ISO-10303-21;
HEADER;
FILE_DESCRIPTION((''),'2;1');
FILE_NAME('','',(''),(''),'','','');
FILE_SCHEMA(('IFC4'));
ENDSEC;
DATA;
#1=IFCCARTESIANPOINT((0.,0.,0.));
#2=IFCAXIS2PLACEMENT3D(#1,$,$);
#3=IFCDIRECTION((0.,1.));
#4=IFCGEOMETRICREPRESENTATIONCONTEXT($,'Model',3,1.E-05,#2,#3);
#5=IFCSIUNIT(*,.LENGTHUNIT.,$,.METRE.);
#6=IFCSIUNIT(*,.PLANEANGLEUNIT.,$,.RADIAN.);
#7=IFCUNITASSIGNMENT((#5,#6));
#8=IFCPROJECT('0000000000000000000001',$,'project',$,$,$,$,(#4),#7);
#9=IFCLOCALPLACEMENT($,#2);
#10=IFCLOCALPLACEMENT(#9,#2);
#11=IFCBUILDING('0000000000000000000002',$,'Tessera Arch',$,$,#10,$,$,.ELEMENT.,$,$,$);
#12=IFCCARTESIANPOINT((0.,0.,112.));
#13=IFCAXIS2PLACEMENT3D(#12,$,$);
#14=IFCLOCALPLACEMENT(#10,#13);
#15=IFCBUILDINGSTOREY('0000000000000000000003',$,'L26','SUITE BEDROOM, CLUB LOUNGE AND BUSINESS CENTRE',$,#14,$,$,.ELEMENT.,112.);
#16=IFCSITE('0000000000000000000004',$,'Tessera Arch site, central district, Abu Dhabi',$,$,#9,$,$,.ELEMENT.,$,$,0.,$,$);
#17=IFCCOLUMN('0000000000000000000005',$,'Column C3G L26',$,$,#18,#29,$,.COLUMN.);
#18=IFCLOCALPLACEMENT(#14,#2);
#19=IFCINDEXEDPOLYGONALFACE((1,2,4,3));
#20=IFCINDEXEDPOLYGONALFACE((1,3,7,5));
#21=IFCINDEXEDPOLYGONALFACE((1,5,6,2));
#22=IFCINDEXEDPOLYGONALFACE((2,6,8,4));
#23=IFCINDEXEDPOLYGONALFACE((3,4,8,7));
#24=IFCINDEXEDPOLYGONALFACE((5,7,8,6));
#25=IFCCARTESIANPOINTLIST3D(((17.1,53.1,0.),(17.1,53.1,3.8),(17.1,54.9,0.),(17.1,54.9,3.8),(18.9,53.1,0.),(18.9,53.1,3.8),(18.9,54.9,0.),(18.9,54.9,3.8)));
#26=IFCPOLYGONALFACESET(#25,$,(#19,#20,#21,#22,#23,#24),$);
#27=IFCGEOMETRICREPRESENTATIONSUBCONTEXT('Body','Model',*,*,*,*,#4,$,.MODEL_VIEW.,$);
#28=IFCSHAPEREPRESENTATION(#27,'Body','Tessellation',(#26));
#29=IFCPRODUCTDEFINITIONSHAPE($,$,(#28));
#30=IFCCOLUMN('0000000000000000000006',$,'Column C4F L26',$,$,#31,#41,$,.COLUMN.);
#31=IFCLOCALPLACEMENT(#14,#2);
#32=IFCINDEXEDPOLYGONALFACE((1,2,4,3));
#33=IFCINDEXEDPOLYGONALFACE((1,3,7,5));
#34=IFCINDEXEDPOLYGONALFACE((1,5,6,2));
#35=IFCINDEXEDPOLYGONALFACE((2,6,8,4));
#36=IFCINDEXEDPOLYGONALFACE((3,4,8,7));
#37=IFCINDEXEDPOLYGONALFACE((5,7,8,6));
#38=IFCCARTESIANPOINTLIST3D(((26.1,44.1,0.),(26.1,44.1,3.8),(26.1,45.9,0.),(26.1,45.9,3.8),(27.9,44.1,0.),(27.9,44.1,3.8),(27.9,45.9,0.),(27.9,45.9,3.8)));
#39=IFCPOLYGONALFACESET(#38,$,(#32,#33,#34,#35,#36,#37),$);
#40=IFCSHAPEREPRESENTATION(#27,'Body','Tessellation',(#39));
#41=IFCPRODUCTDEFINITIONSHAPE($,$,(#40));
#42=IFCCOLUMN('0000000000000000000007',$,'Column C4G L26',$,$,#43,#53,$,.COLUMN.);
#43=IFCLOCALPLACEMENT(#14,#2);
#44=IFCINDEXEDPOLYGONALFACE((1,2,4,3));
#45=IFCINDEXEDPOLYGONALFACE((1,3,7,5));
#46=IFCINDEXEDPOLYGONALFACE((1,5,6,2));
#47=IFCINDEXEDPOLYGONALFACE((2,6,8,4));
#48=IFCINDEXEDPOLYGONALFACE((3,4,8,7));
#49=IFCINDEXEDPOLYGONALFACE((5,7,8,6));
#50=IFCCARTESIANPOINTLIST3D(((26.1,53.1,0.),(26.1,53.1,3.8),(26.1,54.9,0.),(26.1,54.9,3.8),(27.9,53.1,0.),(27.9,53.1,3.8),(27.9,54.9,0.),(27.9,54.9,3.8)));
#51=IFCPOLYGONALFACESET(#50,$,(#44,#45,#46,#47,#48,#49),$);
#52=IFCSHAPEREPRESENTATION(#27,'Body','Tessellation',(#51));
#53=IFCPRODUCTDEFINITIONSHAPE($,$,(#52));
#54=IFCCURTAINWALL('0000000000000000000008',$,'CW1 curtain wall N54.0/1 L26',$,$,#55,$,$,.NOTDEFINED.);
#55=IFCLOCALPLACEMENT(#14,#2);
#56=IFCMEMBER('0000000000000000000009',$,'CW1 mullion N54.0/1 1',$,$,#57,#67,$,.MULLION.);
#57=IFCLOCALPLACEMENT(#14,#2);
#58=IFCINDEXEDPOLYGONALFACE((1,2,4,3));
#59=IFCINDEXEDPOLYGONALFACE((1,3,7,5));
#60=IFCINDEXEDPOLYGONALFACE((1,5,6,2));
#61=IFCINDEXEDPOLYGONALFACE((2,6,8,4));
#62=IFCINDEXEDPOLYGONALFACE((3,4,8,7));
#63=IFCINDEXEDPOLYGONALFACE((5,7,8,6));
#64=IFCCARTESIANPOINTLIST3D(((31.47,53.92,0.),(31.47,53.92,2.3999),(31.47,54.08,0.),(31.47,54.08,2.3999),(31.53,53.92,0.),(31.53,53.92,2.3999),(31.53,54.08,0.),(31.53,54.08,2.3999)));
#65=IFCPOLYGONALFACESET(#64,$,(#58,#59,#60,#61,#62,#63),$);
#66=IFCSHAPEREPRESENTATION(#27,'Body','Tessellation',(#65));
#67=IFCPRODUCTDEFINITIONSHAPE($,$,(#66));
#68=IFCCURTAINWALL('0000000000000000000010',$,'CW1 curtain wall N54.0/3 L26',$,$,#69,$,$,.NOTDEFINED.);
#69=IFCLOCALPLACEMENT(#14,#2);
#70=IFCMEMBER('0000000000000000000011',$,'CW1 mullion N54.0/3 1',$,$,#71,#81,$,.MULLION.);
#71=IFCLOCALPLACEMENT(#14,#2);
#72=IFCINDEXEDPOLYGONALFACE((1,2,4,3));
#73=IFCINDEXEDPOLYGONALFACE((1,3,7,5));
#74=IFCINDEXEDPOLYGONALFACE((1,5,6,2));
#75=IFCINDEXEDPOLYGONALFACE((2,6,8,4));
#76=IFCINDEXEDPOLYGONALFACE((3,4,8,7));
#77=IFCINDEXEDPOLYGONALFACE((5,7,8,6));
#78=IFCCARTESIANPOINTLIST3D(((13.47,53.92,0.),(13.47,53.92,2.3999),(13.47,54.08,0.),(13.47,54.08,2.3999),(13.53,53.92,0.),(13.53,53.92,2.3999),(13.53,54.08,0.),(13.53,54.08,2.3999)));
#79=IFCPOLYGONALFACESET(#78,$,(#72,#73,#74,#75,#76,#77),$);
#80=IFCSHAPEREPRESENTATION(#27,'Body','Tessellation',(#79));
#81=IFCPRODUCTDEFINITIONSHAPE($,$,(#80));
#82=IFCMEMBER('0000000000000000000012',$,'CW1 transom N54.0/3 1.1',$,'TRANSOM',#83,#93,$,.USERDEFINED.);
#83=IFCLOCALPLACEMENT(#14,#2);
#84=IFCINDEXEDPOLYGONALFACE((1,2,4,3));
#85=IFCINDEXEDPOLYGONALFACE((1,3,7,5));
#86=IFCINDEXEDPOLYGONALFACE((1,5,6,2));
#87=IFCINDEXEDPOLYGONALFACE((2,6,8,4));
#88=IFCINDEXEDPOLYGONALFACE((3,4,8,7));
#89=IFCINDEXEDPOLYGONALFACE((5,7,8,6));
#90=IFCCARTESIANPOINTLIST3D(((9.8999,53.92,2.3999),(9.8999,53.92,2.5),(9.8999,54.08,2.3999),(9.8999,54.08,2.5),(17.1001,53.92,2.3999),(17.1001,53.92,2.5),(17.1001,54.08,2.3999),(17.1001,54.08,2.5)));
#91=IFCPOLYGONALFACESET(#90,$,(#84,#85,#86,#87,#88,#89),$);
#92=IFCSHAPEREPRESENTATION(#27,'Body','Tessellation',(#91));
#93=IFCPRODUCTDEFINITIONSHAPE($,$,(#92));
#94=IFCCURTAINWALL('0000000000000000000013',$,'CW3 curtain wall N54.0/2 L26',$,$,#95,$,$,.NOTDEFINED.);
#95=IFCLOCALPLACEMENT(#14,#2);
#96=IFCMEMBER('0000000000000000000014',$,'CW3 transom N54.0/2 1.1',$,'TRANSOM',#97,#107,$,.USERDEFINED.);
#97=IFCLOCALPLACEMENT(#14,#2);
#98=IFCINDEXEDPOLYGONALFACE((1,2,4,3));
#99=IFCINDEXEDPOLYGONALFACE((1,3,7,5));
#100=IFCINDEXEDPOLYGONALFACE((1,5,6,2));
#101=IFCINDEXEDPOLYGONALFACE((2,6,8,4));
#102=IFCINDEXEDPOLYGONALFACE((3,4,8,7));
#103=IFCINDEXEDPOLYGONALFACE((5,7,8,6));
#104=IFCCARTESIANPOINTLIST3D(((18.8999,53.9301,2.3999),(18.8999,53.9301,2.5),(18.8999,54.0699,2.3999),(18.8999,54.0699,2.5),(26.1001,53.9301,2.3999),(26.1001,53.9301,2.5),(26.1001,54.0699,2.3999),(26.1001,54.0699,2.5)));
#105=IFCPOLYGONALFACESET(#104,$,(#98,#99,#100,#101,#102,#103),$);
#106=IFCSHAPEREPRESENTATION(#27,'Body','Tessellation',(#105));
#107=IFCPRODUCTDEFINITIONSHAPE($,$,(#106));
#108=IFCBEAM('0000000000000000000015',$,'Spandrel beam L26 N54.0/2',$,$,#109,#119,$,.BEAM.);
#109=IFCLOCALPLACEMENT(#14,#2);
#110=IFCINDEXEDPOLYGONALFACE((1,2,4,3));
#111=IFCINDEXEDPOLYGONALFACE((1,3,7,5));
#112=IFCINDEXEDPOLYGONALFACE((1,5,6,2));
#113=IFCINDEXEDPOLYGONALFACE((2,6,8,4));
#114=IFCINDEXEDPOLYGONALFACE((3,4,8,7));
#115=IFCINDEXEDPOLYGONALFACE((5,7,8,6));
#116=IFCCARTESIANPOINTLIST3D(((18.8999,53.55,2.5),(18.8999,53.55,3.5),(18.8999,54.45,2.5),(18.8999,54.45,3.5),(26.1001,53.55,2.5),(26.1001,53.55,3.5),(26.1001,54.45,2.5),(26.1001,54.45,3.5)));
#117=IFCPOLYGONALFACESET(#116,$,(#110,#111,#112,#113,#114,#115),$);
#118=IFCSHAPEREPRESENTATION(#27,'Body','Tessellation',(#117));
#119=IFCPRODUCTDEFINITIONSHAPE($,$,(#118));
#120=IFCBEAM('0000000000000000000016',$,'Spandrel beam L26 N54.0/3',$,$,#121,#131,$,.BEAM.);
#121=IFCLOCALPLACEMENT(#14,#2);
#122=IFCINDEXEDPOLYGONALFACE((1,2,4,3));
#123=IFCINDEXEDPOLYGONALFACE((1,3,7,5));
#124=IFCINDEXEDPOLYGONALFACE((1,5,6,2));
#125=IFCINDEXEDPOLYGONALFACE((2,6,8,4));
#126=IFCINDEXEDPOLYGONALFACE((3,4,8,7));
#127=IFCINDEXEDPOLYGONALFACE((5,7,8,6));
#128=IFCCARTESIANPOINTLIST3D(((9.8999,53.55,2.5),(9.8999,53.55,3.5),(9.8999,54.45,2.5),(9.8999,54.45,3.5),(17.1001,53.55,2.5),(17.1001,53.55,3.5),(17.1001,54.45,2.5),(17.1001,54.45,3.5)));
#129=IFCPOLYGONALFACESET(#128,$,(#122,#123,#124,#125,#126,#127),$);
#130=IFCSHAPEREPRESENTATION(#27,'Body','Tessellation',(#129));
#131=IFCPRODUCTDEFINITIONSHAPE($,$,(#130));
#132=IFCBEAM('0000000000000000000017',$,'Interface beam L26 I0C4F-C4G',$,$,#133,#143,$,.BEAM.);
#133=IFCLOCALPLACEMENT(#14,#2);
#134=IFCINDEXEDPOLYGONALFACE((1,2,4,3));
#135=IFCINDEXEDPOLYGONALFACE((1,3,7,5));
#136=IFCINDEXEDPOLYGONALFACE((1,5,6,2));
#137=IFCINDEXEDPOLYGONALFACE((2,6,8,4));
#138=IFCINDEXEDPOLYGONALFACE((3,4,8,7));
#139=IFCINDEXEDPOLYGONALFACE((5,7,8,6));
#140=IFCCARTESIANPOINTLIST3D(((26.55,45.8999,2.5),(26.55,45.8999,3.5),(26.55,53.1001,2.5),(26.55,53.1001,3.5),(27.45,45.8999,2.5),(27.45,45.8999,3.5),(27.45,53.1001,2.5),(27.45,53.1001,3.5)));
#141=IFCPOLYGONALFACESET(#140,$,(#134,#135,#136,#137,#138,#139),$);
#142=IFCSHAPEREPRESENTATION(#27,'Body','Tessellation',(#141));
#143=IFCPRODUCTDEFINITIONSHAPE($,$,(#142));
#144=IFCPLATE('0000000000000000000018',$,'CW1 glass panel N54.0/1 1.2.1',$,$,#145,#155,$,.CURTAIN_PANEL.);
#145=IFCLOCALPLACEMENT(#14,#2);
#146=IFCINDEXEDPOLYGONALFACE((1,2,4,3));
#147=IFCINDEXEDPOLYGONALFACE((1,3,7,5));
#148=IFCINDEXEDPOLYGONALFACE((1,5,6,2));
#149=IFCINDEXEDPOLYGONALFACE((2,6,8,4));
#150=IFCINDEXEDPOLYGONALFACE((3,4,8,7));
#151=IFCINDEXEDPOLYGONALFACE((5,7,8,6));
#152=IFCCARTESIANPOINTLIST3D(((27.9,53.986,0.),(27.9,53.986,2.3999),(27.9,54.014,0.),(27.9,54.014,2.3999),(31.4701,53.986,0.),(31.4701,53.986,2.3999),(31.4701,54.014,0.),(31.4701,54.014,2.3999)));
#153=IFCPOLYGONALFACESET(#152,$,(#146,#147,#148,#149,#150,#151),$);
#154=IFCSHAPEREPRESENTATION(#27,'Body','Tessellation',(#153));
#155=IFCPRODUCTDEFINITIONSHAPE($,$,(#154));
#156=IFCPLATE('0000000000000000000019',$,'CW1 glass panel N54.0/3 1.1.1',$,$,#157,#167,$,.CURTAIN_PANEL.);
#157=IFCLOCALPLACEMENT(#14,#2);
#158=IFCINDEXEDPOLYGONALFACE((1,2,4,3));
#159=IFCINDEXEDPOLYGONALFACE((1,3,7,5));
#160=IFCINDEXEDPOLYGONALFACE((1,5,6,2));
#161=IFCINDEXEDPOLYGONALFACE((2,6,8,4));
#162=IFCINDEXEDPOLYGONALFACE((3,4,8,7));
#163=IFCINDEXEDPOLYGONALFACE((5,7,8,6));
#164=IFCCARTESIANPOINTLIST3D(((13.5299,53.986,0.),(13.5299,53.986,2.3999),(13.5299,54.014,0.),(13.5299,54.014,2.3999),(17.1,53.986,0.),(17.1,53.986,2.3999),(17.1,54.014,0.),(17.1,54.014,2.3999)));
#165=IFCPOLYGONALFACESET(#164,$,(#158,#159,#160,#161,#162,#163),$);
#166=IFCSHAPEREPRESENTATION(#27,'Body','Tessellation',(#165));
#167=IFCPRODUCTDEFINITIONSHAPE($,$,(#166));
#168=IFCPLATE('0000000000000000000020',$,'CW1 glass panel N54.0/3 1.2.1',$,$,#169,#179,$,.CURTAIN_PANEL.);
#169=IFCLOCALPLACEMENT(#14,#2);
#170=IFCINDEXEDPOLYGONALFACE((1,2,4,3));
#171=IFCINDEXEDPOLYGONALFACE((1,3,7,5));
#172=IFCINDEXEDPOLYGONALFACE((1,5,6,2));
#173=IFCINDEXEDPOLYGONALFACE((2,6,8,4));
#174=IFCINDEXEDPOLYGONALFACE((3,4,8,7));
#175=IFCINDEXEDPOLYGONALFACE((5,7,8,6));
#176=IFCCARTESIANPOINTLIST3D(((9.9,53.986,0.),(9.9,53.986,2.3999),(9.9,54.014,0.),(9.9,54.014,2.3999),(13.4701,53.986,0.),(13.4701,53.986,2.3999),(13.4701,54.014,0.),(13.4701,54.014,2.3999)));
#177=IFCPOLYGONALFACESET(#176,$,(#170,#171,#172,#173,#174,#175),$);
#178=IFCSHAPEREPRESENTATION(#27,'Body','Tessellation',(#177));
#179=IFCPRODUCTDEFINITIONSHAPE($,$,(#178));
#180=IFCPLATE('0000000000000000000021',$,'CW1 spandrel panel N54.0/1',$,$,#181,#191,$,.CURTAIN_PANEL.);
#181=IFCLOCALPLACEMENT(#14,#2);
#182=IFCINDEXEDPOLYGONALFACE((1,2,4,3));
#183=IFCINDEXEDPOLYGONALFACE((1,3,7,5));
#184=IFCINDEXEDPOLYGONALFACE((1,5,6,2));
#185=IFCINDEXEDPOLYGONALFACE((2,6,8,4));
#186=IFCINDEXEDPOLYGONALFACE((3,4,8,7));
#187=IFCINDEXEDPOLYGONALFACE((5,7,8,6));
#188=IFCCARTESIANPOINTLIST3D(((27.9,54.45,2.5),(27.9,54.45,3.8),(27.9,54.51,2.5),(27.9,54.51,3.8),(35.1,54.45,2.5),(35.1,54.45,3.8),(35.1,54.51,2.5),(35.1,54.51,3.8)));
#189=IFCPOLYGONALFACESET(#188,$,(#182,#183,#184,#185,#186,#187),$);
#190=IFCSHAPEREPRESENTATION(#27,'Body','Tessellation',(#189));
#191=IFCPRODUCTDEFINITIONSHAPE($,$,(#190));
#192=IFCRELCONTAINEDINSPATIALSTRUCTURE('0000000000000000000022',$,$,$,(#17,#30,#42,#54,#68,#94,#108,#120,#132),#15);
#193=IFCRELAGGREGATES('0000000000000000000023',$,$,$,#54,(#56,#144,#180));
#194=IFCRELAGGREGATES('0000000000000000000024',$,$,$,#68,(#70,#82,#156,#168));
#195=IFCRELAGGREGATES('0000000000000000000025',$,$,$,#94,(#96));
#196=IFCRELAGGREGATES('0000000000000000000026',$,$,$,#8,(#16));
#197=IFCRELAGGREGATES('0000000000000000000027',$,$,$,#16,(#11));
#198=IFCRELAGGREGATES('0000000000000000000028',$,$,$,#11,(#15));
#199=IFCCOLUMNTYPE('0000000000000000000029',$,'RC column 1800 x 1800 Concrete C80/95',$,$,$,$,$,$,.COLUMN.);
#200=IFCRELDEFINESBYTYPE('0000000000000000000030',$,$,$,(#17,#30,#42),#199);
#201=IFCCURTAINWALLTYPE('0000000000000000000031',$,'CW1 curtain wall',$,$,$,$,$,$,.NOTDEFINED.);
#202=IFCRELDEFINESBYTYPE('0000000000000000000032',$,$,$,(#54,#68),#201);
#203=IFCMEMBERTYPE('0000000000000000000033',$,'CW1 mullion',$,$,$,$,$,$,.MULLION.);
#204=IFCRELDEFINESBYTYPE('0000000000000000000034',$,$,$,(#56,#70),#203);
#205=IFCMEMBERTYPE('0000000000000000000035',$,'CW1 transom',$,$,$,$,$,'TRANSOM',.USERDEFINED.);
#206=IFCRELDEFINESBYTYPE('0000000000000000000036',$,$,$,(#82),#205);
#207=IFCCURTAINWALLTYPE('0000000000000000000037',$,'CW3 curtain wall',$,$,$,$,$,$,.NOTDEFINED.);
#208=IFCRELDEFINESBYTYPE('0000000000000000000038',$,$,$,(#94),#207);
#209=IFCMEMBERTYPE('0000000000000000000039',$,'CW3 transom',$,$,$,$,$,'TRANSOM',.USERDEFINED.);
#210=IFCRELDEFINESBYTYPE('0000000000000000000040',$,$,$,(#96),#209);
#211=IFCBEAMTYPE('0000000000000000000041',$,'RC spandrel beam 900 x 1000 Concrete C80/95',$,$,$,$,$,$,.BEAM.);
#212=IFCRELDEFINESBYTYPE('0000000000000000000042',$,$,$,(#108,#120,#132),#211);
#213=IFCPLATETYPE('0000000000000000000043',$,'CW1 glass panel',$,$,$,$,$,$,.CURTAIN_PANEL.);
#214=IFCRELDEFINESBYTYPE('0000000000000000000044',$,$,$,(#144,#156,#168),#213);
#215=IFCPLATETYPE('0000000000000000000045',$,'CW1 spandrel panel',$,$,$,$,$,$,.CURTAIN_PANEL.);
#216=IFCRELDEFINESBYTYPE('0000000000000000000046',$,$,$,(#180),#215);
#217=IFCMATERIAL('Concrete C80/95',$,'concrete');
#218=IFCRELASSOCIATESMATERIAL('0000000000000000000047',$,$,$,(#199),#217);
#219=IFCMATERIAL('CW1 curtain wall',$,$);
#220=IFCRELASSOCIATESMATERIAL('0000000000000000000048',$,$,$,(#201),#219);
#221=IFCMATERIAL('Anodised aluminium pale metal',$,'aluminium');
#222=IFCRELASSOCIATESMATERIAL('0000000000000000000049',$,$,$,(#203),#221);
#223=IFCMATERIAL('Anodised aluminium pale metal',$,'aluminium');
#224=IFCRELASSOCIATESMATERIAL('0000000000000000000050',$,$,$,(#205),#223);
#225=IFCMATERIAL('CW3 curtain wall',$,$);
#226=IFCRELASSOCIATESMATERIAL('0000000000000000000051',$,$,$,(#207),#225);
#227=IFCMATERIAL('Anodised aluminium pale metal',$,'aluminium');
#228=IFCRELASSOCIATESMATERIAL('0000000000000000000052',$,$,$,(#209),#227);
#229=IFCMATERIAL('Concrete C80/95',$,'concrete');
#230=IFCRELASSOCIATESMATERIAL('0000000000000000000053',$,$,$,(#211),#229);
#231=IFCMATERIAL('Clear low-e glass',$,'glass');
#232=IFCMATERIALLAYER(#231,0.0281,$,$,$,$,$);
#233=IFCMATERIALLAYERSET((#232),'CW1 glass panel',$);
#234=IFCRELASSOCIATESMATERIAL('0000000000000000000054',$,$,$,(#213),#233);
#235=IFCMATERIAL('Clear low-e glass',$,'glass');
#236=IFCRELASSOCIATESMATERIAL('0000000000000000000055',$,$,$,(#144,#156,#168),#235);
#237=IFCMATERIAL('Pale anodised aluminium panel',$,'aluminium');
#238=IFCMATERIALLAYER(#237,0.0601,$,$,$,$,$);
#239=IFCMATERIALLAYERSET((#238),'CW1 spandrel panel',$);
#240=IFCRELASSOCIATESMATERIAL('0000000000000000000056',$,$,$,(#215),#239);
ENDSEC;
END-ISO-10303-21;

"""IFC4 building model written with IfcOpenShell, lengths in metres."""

from ifc_helpers import new_model, si_unit, direction, frame, origin, origin_2d, place, context, subcontext, project, spatial, rectangle, extrude, material, layer, layer_set, material_profile, profile_set, type_object, element, aggregate, save


model = new_model("IFC4")

# Units and contexts
model_context = context("Model", 3, precision=1e-05, world=origin(), true_north=direction((0.0, 1.0)))
body_context = subcontext(model_context, "Body", "Model", "MODEL_VIEW")
ifc_project = project(units=[si_unit("LENGTHUNIT", "METRE"), si_unit("PLANEANGLEUNIT", "RADIAN")], contexts=[model_context])

# Site, building, storey
site_placement = place(None, origin())
site = spatial("IfcSite", under=ifc_project, at=site_placement, Name="Tessera Arch site, central district, Abu Dhabi", CompositionType="ELEMENT", RefElevation=0.0)
building_placement = place(site_placement, origin())
building = spatial("IfcBuilding", under=site, at=building_placement, Name="Tessera Arch", CompositionType="ELEMENT")
storey_placement = place(building_placement, frame((0.0, 0.0, 112.0)))
storey = spatial("IfcBuildingStorey", under=building, at=storey_placement, Name="L26", Description="SUITE BEDROOM, CLUB LOUNGE AND BUSINESS CENTRE", CompositionType="ELEMENT", Elevation=112.0)

# Columns
ifc_material_1 = material(Name="Concrete C80/95", Category="concrete")
ifc_material_profile_1 = material_profile(ifc_material_1, rectangle(XDim=1.8, YDim=1.8, at=origin_2d()), Name="RC column 1800 x 1800 Concrete C80/95")
ifc_profile_set_1 = profile_set([ifc_material_profile_1], Name="Concrete C80/95")
column_type = type_object("IfcColumnType", Name="RC column 1800 x 1800 Concrete C80/95", PredefinedType="COLUMN", material=ifc_profile_set_1)
for number, where, z_axis, x_axis, name in (
    (1, (18.0, 54.0, 0.0), (0.0, 0.0, 1.0), (1.0, 0.0, 0.0), "Column C3G L26"),
    (2, (27.0, 45.0, 0.0), (0.0, 0.0, 1.0), (1.0, 0.0, 0.0), "Column C4F L26"),
    (3, (27.0, 54.0, 0.0), (0.0, 0.0, 1.0), (1.0, 0.0, 0.0), "Column C4G L26"),
):
    element("IfcColumn", number, at=place(storey_placement, frame(where, z_axis=z_axis, x_axis=x_axis)), inside=storey, type_object=column_type, Name=name, PredefinedType="COLUMN", context=body_context, shape_type="SweptSolid", body=[
        extrude(rectangle(XDim=1.8, YDim=1.8, at=origin_2d()), origin(), (0.0, 0.0, 1.0), 3.8),
    ])

# Curtain wall, member
ifc_material_2 = material(Name="CW1 curtain wall")
curtain_wall_type_1 = type_object("IfcCurtainWallType", Name="CW1 curtain wall", PredefinedType="NOTDEFINED", material=ifc_material_2)
curtain_wall_1_placement = place(storey_placement, origin())
curtain_wall_1 = element("IfcCurtainWall", 4, at=curtain_wall_1_placement, inside=storey, type_object=curtain_wall_type_1, Name="CW1 curtain wall N54.0/1 L26", PredefinedType="NOTDEFINED")
ifc_material_3 = material(Name="Anodised aluminium pale metal", Category="aluminium")
ifc_material_profile_2 = material_profile(ifc_material_3, rectangle(XDim=0.1599, YDim=0.0601, at=origin_2d()), Name="AL 60x160")
ifc_profile_set_2 = profile_set([ifc_material_profile_2], Name="Anodised aluminium pale metal")
member_type_1 = type_object("IfcMemberType", Name="CW1 mullion", PredefinedType="MULLION", material=ifc_profile_set_2)
member_1_placement = place(storey_placement, frame((31.5, 54.0, 0.0), z_axis=(0.0, 0.0, 1.0), x_axis=(0.0, -1.0, 0.0)))
member_1 = element("IfcMember", 5, at=member_1_placement, type_object=member_type_1, Name="CW1 mullion N54.0/1 1", PredefinedType="MULLION", context=body_context, shape_type="SweptSolid", body=[
    extrude(rectangle(XDim=0.1599, YDim=0.0601, at=origin_2d()), origin(), (0.0, 0.0, 1.0), 2.3999),
])

# Curtain wall, members
curtain_wall_2_placement = place(storey_placement, origin())
curtain_wall_2 = element("IfcCurtainWall", 6, at=curtain_wall_2_placement, inside=storey, type_object=curtain_wall_type_1, Name="CW1 curtain wall N54.0/3 L26", PredefinedType="NOTDEFINED")
member_2_placement = place(storey_placement, frame((13.5, 54.0, 0.0), z_axis=(0.0, 0.0, 1.0), x_axis=(0.0, -1.0, 0.0)))
member_2 = element("IfcMember", 7, at=member_2_placement, type_object=member_type_1, Name="CW1 mullion N54.0/3 1", PredefinedType="MULLION", context=body_context, shape_type="SweptSolid", body=[
    extrude(rectangle(XDim=0.1599, YDim=0.0601, at=origin_2d()), origin(), (0.0, 0.0, 1.0), 2.3999),
])
ifc_material_4 = material(Name="Anodised aluminium pale metal", Category="aluminium")
ifc_material_profile_3 = material_profile(ifc_material_4, rectangle(XDim=0.1599, YDim=0.1001, at=origin_2d()), Name="AL 160x100")
ifc_profile_set_3 = profile_set([ifc_material_profile_3], Name="Anodised aluminium pale metal")
member_type_2 = type_object("IfcMemberType", Name="CW1 transom", ElementType="TRANSOM", PredefinedType="USERDEFINED", material=ifc_profile_set_3)
member_3_placement = place(storey_placement, frame((17.1001, 54.0, 2.45), z_axis=(-1.0, 0.0, 0.0), x_axis=(0.0, -1.0, 0.0)))
member_3 = element("IfcMember", 8, at=member_3_placement, type_object=member_type_2, Name="CW1 transom N54.0/3 1.1", ObjectType="TRANSOM", PredefinedType="USERDEFINED", context=body_context, shape_type="SweptSolid", body=[
    extrude(rectangle(XDim=0.1599, YDim=0.1001, at=origin_2d()), origin(), (0.0, 0.0, 1.0), 7.2002),
])

# Curtain wall, member
ifc_material_5 = material(Name="CW3 curtain wall")
curtain_wall_type_2 = type_object("IfcCurtainWallType", Name="CW3 curtain wall", PredefinedType="NOTDEFINED", material=ifc_material_5)
curtain_wall_3_placement = place(storey_placement, origin())
curtain_wall_3 = element("IfcCurtainWall", 9, at=curtain_wall_3_placement, inside=storey, type_object=curtain_wall_type_2, Name="CW3 curtain wall N54.0/2 L26", PredefinedType="NOTDEFINED")
ifc_material_6 = material(Name="Anodised aluminium pale metal", Category="aluminium")
ifc_material_profile_4 = material_profile(ifc_material_6, rectangle(XDim=0.1399, YDim=0.1001, at=origin_2d()), Name="AL 140x100")
ifc_profile_set_4 = profile_set([ifc_material_profile_4], Name="Anodised aluminium pale metal")
member_type_3 = type_object("IfcMemberType", Name="CW3 transom", ElementType="TRANSOM", PredefinedType="USERDEFINED", material=ifc_profile_set_4)
member_4_placement = place(storey_placement, frame((26.1001, 54.0, 2.45), z_axis=(-1.0, 0.0, 0.0), x_axis=(0.0, -1.0, 0.0)))
member_4 = element("IfcMember", 10, at=member_4_placement, type_object=member_type_3, Name="CW3 transom N54.0/2 1.1", ObjectType="TRANSOM", PredefinedType="USERDEFINED", context=body_context, shape_type="SweptSolid", body=[
    extrude(rectangle(XDim=0.1399, YDim=0.1001, at=origin_2d()), origin(), (0.0, 0.0, 1.0), 7.2002),
])

# Beams
ifc_material_7 = material(Name="Concrete C80/95", Category="concrete")
ifc_material_profile_5 = material_profile(ifc_material_7, rectangle(XDim=0.8999, YDim=1.0, at=origin_2d()), Name="RC spandrel beam 900 x 1000 Concrete C80/95")
ifc_profile_set_5 = profile_set([ifc_material_profile_5], Name="Concrete C80/95")
beam_type = type_object("IfcBeamType", Name="RC spandrel beam 900 x 1000 Concrete C80/95", PredefinedType="BEAM", material=ifc_profile_set_5)
for number, where, z_axis, x_axis, name in (
    (11, (26.1001, 54.0, 3.0), (-1.0, 0.0, 0.0), (0.0, -1.0, 0.0), "Spandrel beam L26 N54.0/2"),
    (12, (17.1001, 54.0, 3.0), (-1.0, 0.0, 0.0), (0.0, -1.0, 0.0), "Spandrel beam L26 N54.0/3"),
    (13, (27.0, 45.8999, 3.0), (0.0, 1.0, 0.0), (-1.0, 0.0, 0.0), "Interface beam L26 I0C4F-C4G"),
):
    element("IfcBeam", number, at=place(storey_placement, frame(where, z_axis=z_axis, x_axis=x_axis)), inside=storey, type_object=beam_type, Name=name, PredefinedType="BEAM", context=body_context, shape_type="SweptSolid", body=[
        extrude(rectangle(XDim=0.8999, YDim=1.0, at=origin_2d()), origin(), (0.0, 0.0, 1.0), 7.2002),
    ])

# Plates
ifc_material_8 = material(Name="Clear low-e glass", Category="glass")
ifc_material_9 = material(Name="Clear low-e glass", Category="glass")
ifc_layer_1 = layer(ifc_material_9, 0.0281)
ifc_layer_set_1 = layer_set([ifc_layer_1], Name="CW1 glass panel")
plate_type_1 = type_object("IfcPlateType", Name="CW1 glass panel", PredefinedType="CURTAIN_PANEL", material=ifc_layer_set_1)
plate_1_placement = place(storey_placement, frame((29.6851, 54.0, 0.0), z_axis=(0.0, 0.0, 1.0), x_axis=(-1.0, 0.0, 0.0)))
plate_1 = element("IfcPlate", 14, at=plate_1_placement, type_object=plate_type_1, material=ifc_material_8, Name="CW1 glass panel N54.0/1 1.2.1", PredefinedType="CURTAIN_PANEL", context=body_context, shape_type="SweptSolid", body=[
    extrude(rectangle(XDim=3.5701, YDim=0.0281, at=origin_2d()), origin(), (0.0, 0.0, 1.0), 2.3999),
])
plate_2_placement = place(storey_placement, frame((15.3149, 54.0, 0.0), z_axis=(0.0, 0.0, 1.0), x_axis=(-1.0, 0.0, 0.0)))
plate_2 = element("IfcPlate", 15, at=plate_2_placement, type_object=plate_type_1, material=ifc_material_8, Name="CW1 glass panel N54.0/3 1.1.1", PredefinedType="CURTAIN_PANEL", context=body_context, shape_type="SweptSolid", body=[
    extrude(rectangle(XDim=3.5701, YDim=0.0281, at=origin_2d()), origin(), (0.0, 0.0, 1.0), 2.3999),
])
plate_3_placement = place(storey_placement, frame((11.6851, 54.0, 0.0), z_axis=(0.0, 0.0, 1.0), x_axis=(-1.0, 0.0, 0.0)))
plate_3 = element("IfcPlate", 16, at=plate_3_placement, type_object=plate_type_1, material=ifc_material_8, Name="CW1 glass panel N54.0/3 1.2.1", PredefinedType="CURTAIN_PANEL", context=body_context, shape_type="SweptSolid", body=[
    extrude(rectangle(XDim=3.5701, YDim=0.0281, at=origin_2d()), origin(), (0.0, 0.0, 1.0), 2.3999),
])
ifc_material_10 = material(Name="Pale anodised aluminium panel", Category="aluminium")
ifc_layer_2 = layer(ifc_material_10, 0.0601)
ifc_layer_set_2 = layer_set([ifc_layer_2], Name="CW1 spandrel panel")
plate_type_2 = type_object("IfcPlateType", Name="CW1 spandrel panel", PredefinedType="CURTAIN_PANEL", material=ifc_layer_set_2)
plate_4_placement = place(storey_placement, frame((31.5, 54.48, 2.5), z_axis=(0.0, 0.0, 1.0), x_axis=(-1.0, 0.0, 0.0)))
plate_4 = element("IfcPlate", 17, at=plate_4_placement, type_object=plate_type_2, Name="CW1 spandrel panel N54.0/1", PredefinedType="CURTAIN_PANEL", context=body_context, shape_type="SweptSolid", body=[
    extrude(rectangle(XDim=7.2, YDim=0.0601, at=origin_2d()), origin(), (0.0, 0.0, 1.0), 1.3),
])
aggregate(curtain_wall_1, [member_1, plate_1, plate_4])
aggregate(curtain_wall_2, [member_2, member_3, plate_2, plate_3])

aggregate(curtain_wall_3, [member_4])

save(model, "model.ifc")
